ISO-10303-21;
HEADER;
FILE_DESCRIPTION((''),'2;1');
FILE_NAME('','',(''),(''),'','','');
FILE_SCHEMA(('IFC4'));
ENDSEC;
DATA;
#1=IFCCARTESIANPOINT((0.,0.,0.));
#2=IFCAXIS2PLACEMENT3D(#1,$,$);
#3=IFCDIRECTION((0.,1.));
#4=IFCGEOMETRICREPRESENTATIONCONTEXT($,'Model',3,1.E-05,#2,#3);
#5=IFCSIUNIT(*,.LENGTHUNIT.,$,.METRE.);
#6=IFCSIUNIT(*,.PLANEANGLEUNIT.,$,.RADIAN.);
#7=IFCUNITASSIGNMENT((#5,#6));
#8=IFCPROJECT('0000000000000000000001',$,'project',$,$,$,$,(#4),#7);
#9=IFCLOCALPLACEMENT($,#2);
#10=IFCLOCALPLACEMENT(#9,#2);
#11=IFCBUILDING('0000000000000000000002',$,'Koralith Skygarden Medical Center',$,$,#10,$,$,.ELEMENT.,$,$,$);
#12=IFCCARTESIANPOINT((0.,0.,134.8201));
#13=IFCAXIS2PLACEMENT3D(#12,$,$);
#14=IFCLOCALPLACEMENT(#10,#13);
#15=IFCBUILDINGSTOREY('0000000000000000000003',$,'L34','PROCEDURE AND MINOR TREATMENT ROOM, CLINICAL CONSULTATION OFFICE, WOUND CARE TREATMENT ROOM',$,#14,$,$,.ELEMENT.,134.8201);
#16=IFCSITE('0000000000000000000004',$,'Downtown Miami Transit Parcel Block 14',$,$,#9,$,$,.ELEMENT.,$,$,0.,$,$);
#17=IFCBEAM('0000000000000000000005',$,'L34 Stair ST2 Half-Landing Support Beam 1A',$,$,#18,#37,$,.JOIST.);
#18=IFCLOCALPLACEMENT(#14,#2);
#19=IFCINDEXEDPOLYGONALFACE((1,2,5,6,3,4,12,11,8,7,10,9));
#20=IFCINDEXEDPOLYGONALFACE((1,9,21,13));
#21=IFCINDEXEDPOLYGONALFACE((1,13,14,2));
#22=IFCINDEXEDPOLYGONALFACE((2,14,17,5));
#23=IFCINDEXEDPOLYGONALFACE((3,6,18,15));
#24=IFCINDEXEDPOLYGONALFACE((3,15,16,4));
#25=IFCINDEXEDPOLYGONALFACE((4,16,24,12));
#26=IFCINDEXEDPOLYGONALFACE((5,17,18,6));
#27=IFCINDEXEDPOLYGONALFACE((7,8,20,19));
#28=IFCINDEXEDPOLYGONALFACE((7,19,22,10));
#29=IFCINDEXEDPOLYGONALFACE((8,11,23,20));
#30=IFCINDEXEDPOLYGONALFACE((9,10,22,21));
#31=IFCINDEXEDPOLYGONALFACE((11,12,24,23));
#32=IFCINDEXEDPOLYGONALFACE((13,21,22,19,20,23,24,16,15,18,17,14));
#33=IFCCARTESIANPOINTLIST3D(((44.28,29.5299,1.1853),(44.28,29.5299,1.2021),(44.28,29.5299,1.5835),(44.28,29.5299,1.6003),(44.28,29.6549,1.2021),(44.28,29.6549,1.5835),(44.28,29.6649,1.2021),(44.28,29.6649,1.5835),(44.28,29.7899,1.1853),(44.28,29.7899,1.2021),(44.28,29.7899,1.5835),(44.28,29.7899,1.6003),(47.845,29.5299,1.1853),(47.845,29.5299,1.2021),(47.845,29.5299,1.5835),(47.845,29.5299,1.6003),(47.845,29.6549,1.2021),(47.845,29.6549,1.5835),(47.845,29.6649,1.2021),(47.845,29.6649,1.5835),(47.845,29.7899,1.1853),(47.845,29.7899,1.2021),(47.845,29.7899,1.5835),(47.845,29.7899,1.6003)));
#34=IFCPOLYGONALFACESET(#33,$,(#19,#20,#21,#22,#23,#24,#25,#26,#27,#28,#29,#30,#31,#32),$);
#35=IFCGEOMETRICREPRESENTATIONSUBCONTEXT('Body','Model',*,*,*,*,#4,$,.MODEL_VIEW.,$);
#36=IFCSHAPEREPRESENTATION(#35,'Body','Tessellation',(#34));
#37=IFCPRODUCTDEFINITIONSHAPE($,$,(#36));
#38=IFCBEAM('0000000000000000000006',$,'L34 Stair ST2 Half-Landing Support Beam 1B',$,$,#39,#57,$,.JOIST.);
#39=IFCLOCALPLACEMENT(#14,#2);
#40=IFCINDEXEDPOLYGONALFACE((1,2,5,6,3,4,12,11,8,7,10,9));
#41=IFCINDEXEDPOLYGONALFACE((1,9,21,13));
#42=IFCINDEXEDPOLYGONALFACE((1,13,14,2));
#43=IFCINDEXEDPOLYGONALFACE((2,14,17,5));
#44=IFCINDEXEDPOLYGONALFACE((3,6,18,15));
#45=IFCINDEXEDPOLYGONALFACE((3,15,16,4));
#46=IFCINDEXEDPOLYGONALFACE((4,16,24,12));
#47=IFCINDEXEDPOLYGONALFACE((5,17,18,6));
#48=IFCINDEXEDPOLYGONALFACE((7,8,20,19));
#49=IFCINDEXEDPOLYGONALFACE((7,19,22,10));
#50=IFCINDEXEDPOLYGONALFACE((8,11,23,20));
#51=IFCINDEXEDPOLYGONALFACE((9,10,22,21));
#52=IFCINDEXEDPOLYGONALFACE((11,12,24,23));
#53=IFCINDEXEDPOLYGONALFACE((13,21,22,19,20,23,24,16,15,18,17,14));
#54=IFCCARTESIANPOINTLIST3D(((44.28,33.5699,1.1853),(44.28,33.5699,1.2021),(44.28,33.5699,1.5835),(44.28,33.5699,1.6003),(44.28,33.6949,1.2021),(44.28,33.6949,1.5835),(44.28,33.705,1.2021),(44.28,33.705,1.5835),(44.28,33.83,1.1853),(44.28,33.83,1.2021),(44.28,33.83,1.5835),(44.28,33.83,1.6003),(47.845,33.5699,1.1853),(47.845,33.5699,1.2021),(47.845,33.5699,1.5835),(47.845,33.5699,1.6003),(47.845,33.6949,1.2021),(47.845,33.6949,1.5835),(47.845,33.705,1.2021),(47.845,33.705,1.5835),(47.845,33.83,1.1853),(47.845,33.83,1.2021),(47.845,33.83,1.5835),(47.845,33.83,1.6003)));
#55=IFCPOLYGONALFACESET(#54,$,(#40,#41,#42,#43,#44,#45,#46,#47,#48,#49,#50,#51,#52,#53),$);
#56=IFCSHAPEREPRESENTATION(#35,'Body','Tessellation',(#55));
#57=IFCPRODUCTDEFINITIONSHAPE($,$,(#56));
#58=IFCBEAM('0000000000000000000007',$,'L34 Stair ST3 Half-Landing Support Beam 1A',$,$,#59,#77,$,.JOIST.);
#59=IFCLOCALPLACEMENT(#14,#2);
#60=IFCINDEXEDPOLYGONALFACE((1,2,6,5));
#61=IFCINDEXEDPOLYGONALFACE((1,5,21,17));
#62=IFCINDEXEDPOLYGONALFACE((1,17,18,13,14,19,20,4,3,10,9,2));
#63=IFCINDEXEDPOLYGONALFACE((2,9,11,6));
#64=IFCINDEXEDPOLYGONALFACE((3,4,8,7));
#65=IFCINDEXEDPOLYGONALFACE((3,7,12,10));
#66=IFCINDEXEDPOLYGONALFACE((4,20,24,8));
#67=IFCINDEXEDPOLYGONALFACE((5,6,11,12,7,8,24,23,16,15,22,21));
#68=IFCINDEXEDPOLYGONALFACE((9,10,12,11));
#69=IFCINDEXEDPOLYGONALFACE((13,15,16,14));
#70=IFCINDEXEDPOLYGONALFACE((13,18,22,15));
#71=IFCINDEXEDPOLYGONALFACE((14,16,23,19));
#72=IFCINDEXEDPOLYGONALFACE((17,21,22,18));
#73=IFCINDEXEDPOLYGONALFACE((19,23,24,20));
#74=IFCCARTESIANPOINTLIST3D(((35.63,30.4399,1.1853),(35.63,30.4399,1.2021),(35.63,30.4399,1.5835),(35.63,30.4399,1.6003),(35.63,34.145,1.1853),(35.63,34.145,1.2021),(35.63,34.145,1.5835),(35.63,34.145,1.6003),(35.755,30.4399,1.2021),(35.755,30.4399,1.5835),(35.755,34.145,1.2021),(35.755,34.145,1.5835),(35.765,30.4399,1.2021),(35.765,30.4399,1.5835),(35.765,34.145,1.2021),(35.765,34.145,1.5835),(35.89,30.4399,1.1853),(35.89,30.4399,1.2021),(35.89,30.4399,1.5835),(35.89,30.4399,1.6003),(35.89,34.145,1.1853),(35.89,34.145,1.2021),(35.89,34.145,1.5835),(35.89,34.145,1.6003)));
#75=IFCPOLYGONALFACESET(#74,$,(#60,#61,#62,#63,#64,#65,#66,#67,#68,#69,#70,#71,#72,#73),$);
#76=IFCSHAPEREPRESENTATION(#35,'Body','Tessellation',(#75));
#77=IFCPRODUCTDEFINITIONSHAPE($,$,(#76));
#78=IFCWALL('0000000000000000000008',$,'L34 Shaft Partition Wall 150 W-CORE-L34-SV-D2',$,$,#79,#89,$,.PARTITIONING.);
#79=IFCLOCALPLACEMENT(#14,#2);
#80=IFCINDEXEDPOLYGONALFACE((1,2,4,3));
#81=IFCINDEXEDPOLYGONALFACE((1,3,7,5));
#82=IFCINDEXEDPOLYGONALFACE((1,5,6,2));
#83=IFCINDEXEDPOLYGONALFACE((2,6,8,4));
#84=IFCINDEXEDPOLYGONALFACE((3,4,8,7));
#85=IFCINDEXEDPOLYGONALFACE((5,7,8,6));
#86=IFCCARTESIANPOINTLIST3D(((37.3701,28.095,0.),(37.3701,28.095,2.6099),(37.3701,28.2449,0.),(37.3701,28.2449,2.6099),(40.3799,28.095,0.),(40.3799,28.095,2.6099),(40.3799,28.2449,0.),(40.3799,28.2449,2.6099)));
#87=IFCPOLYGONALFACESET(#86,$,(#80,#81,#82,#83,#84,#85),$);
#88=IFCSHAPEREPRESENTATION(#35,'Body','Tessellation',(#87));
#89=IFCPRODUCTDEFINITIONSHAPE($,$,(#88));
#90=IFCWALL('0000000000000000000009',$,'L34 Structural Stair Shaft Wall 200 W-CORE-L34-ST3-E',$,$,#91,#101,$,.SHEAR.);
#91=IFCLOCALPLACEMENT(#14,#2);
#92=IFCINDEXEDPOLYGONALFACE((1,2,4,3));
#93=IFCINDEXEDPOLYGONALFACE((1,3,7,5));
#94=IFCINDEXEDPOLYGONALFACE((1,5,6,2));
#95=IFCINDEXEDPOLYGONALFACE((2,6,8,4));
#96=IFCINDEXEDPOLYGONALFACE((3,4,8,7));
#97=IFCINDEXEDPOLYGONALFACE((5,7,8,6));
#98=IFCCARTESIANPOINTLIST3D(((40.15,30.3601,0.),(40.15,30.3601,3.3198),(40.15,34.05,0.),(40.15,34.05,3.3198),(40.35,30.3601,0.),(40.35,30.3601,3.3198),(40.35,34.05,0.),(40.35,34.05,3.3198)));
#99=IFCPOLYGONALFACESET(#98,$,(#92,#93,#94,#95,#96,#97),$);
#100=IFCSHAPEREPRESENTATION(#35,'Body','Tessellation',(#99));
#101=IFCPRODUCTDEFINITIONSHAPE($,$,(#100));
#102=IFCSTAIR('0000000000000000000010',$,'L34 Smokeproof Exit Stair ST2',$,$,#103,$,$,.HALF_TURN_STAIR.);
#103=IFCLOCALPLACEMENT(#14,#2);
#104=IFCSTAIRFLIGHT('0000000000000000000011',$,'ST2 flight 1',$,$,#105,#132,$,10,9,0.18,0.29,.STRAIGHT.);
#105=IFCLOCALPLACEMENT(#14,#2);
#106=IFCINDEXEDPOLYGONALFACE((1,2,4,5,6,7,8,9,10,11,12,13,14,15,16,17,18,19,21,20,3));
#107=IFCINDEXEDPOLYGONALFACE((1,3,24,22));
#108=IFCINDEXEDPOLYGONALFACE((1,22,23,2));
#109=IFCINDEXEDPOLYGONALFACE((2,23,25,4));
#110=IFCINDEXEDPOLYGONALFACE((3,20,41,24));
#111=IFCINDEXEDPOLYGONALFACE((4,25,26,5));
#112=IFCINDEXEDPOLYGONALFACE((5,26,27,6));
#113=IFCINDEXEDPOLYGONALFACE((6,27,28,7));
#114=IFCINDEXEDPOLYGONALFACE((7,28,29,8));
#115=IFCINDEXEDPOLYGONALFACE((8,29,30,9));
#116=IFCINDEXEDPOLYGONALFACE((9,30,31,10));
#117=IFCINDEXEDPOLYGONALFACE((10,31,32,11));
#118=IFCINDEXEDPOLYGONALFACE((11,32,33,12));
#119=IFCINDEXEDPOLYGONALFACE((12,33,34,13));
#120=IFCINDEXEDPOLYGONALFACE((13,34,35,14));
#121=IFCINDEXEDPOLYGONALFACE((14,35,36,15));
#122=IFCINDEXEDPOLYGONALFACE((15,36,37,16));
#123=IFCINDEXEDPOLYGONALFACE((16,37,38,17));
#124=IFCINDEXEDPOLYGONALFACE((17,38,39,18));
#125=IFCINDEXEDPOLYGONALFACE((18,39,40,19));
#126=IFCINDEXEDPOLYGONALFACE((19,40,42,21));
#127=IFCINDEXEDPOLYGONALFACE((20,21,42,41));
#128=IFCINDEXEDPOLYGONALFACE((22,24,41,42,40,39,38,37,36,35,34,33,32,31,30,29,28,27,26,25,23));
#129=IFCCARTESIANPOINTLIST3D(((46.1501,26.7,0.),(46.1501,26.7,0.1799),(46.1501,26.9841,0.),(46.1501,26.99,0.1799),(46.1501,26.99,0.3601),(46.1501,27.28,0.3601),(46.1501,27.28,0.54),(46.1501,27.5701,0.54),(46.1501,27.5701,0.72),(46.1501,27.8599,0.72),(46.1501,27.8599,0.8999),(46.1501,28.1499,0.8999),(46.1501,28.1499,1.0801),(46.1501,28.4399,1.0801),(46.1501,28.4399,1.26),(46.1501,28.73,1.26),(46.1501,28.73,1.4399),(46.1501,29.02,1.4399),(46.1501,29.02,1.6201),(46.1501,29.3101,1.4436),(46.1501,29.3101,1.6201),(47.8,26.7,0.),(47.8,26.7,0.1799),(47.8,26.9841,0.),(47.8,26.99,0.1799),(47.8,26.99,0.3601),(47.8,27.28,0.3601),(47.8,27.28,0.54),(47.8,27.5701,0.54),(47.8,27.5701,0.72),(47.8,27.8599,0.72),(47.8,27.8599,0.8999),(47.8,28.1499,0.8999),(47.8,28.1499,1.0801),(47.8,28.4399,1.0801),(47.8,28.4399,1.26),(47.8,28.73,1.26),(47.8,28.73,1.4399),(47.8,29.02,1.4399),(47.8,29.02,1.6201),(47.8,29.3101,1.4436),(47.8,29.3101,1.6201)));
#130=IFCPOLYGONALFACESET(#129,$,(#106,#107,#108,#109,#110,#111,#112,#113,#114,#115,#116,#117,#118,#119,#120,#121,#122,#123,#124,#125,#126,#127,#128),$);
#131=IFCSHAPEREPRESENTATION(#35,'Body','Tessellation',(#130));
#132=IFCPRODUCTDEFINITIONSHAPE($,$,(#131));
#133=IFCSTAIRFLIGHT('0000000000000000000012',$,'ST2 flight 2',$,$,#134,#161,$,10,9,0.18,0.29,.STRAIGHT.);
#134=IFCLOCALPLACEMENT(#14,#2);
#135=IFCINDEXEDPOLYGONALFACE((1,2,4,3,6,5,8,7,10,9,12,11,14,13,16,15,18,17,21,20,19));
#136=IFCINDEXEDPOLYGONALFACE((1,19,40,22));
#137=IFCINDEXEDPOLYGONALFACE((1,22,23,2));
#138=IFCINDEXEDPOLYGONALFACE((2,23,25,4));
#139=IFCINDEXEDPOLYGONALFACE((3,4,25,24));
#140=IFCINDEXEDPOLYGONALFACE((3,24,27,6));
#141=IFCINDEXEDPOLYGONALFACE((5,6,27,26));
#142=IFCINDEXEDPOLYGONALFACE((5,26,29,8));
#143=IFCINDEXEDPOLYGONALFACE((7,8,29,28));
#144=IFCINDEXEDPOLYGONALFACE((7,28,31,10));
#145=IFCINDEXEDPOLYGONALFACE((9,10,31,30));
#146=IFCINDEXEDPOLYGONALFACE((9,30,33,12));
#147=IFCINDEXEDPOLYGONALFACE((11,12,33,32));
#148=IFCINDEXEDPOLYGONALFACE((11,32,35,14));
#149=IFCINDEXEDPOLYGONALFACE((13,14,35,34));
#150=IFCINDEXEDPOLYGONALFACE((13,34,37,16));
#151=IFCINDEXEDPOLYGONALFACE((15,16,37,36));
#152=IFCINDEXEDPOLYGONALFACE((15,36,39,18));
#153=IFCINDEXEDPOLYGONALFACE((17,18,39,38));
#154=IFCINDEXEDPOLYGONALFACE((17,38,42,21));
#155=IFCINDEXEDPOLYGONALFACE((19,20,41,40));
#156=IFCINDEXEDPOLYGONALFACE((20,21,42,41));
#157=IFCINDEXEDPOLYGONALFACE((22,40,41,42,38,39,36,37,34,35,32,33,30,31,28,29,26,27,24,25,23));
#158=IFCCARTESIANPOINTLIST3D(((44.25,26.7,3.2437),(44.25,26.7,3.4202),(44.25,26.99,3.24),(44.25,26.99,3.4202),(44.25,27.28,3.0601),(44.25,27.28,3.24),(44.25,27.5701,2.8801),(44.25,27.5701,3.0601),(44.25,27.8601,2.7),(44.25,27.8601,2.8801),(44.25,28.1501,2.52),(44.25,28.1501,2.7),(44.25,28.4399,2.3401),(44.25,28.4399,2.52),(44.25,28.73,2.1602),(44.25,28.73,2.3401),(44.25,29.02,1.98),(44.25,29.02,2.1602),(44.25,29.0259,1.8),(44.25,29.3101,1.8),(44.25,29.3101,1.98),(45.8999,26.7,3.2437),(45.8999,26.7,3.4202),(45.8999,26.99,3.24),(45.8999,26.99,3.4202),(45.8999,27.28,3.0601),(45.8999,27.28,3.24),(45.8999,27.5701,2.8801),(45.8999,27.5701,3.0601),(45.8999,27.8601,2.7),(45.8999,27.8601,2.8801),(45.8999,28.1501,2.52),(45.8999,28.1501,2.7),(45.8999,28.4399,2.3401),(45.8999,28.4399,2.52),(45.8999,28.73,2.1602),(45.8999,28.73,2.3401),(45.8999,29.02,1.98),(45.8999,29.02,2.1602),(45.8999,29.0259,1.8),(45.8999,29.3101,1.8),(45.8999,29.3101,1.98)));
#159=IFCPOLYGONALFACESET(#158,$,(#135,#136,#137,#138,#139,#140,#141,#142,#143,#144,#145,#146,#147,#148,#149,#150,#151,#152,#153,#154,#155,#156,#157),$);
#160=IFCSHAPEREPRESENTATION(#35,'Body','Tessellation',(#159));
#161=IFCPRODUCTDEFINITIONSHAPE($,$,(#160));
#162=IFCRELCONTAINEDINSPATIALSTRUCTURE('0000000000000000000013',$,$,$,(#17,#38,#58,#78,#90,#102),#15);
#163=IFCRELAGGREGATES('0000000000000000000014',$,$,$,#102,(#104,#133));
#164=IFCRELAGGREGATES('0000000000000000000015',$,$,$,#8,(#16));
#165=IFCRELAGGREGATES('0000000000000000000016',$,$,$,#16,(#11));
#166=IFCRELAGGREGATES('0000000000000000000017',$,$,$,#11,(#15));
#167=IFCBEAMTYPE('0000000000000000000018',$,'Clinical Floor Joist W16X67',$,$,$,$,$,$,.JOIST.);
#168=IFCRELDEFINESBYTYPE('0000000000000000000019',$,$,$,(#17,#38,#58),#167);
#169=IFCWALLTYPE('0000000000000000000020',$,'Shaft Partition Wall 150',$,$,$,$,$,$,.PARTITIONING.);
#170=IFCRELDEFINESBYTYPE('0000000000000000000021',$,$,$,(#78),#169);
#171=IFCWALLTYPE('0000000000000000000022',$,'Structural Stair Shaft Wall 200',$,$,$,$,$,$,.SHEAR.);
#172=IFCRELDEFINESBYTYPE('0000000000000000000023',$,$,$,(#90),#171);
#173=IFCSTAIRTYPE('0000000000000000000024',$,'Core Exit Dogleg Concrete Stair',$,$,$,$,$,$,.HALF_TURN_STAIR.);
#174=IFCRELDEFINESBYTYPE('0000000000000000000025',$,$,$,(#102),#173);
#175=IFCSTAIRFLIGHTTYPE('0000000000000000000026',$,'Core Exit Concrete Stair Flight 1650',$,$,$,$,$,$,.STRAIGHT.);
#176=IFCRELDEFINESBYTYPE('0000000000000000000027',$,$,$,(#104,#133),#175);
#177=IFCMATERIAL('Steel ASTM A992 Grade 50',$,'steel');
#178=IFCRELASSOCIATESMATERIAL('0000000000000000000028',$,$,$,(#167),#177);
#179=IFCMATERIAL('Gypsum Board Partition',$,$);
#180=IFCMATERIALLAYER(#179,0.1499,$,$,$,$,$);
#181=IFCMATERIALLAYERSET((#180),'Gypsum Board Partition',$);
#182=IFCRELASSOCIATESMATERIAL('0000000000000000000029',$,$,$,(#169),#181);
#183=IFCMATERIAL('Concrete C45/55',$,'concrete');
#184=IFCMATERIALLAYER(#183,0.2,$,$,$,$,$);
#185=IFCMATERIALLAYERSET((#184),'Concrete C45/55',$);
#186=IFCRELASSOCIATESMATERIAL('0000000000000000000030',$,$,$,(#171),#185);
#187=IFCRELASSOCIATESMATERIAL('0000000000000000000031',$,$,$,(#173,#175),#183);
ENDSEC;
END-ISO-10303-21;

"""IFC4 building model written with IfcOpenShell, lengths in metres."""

from ifc_helpers import new_model, si_unit, direction, frame, frame_2d, origin, origin_2d, place, context, subcontext, project, spatial, polyline, rectangle, i_section, outline, extrude, material, layer, layer_set, material_profile, profile_set, type_object, element, aggregate, save


model = new_model("IFC4")

# Units and contexts
model_context = context("Model", 3, precision=1e-05, world=origin(), true_north=direction((0.0, 1.0)))
body_context = subcontext(model_context, "Body", "Model", "MODEL_VIEW")
ifc_project = project(units=[si_unit("LENGTHUNIT", "METRE"), si_unit("PLANEANGLEUNIT", "RADIAN")], contexts=[model_context])

# Site, building, storey
site_placement = place(None, origin())
site = spatial("IfcSite", under=ifc_project, at=site_placement, Name="Downtown Miami Transit Parcel Block 14", CompositionType="ELEMENT", RefElevation=0.0)
building_placement = place(site_placement, origin())
building = spatial("IfcBuilding", under=site, at=building_placement, Name="Koralith Skygarden Medical Center", CompositionType="ELEMENT")
storey_placement = place(building_placement, frame((0.0, 0.0, 134.8201)))
storey = spatial("IfcBuildingStorey", under=building, at=storey_placement, Name="L34", Description="PROCEDURE AND MINOR TREATMENT ROOM, CLINICAL CONSULTATION OFFICE, WOUND CARE TREATMENT ROOM", CompositionType="ELEMENT", Elevation=134.8201)

# Beams
ifc_material_1 = material(Name="Steel ASTM A992 Grade 50", Category="steel")
ifc_material_profile = material_profile(ifc_material_1, i_section(OverallWidth=0.26, OverallDepth=0.415, WebThickness=0.01, FlangeThickness=0.0168, at=origin_2d()), Name="W16X67")
ifc_profile_set = profile_set([ifc_material_profile], Name="Steel ASTM A992 Grade 50")
beam_type = type_object("IfcBeamType", Name="Clinical Floor Joist W16X67", PredefinedType="JOIST", material=ifc_profile_set)
for number, where, z_axis, x_axis, name in (
    (1, (44.28, 29.6599, 1.3928), (1.0, 0.0, 0.0), (0.0, 1.0, 0.0), "L34 Stair ST2 Half-Landing Support Beam 1A"),
    (2, (44.28, 33.7, 1.3928), (1.0, 0.0, 0.0), (0.0, 1.0, 0.0), "L34 Stair ST2 Half-Landing Support Beam 1B"),
):
    element("IfcBeam", number, at=place(storey_placement, frame(where, z_axis=z_axis, x_axis=x_axis)), inside=storey, type_object=beam_type, Name=name, PredefinedType="JOIST", context=body_context, shape_type="SweptSolid", body=[
        extrude(i_section(OverallWidth=0.26, OverallDepth=0.415, WebThickness=0.01, FlangeThickness=0.0168, at=origin_2d()), origin(), (0.0, 0.0, 1.0), 3.5649),
    ])
beam_placement = place(storey_placement, frame((35.76, 30.4399, 1.3928), z_axis=(0.0, 1.0, 0.0), x_axis=(-1.0, 0.0, 0.0)))
element("IfcBeam", 3, at=beam_placement, inside=storey, type_object=beam_type, Name="L34 Stair ST3 Half-Landing Support Beam 1A", PredefinedType="JOIST", context=body_context, shape_type="SweptSolid", body=[
    extrude(i_section(OverallWidth=0.26, OverallDepth=0.415, WebThickness=0.01, FlangeThickness=0.0168, at=origin_2d()), origin(), (0.0, 0.0, 1.0), 3.7051),
])

# Walls
ifc_material_2 = material(Name="Gypsum Board Partition")
ifc_layer_1 = layer(ifc_material_2, 0.1499)
ifc_layer_set_1 = layer_set([ifc_layer_1], Name="Gypsum Board Partition")
wall_type_1 = type_object("IfcWallType", Name="Shaft Partition Wall 150", PredefinedType="PARTITIONING", material=ifc_layer_set_1)
wall_1_placement = place(storey_placement, frame((37.3701, 28.1699, 0.0), z_axis=(0.0, 0.0, 1.0), x_axis=(1.0, 0.0, 0.0)))
element("IfcWall", 4, at=wall_1_placement, inside=storey, type_object=wall_type_1, Name="L34 Shaft Partition Wall 150 W-CORE-L34-SV-D2", PredefinedType="PARTITIONING", context=body_context, shape_type="SweptSolid", body=[
    extrude(rectangle(XDim=3.0098, YDim=0.1499, at=frame_2d((1.5049, 0.0))), origin(), (0.0, 0.0, 1.0), 2.6099),
])
ifc_material_3 = material(Name="Concrete C45/55", Category="concrete")
ifc_layer_2 = layer(ifc_material_3, 0.2)
ifc_layer_set_2 = layer_set([ifc_layer_2], Name="Concrete C45/55")
wall_type_2 = type_object("IfcWallType", Name="Structural Stair Shaft Wall 200", PredefinedType="SHEAR", material=ifc_layer_set_2)
wall_2_placement = place(storey_placement, frame((40.25, 30.3601, 0.0), z_axis=(0.0, 0.0, 1.0), x_axis=(0.0, 1.0, 0.0)))
element("IfcWall", 5, at=wall_2_placement, inside=storey, type_object=wall_type_2, Name="L34 Structural Stair Shaft Wall 200 W-CORE-L34-ST3-E", PredefinedType="SHEAR", context=body_context, shape_type="SweptSolid", body=[
    extrude(rectangle(XDim=3.6899, YDim=0.2, at=frame_2d((1.845, 0.0))), origin(), (0.0, 0.0, 1.0), 3.3198),
])

# Stair, stair flights
stair_type = type_object("IfcStairType", Name="Core Exit Dogleg Concrete Stair", PredefinedType="HALF_TURN_STAIR", material=ifc_material_3)
stair_1_placement = place(storey_placement, origin())
stair_1 = element("IfcStair", 6, at=stair_1_placement, inside=storey, type_object=stair_type, Name="L34 Smokeproof Exit Stair ST2", PredefinedType="HALF_TURN_STAIR")
stair_flight_type = type_object("IfcStairFlightType", Name="Core Exit Concrete Stair Flight 1650", PredefinedType="STRAIGHT", material=ifc_material_3)
stair_flight_1_placement = place(storey_placement, frame((46.9751, 26.7, 0.0), z_axis=(0.0, 0.0, 1.0), x_axis=(0.0, 1.0, 0.0)))
stair_flight_1 = element("IfcStairFlight", 7, at=stair_flight_1_placement, type_object=stair_flight_type, Name="ST2 flight 1", NumberOfRisers=10, NumberOfTreads=9, PredefinedType="STRAIGHT", RiserHeight=0.18, TreadLength=0.29, context=body_context, shape_type="SweptSolid", body=[
    extrude(outline(polyline([(0.0, 0.0), (0.0, 0.1799), (0.29, 0.1799), (0.29, 0.3601), (0.5801, 0.3601), (0.5801, 0.54), (0.8701, 0.54), (0.8701, 0.72), (1.1599, 0.72), (1.1599, 0.8999), (1.45, 0.8999), (1.45, 1.0801), (1.74, 1.0801), (1.74, 1.26), (2.03, 1.26), (2.03, 1.4399), (2.3201, 1.4399), (2.3201, 1.6201), (2.6101, 1.6201), (2.6101, 1.8), (2.6101, 1.4436), (0.2842, 0.0), (0.0, 0.0)])), frame((0.0, 0.825, 0.0), z_axis=(0.0, -1.0, 0.0), x_axis=(1.0, 0.0, 0.0)), (0.0, 0.0, 1.0), 1.6499),
])
stair_flight_2_placement = place(storey_placement, frame((45.075, 29.3101, 1.8), z_axis=(0.0, 0.0, 1.0), x_axis=(0.0, -1.0, 0.0)))
stair_flight_2 = element("IfcStairFlight", 8, at=stair_flight_2_placement, type_object=stair_flight_type, Name="ST2 flight 2", NumberOfRisers=10, NumberOfTreads=9, PredefinedType="STRAIGHT", RiserHeight=0.18, TreadLength=0.29, context=body_context, shape_type="SweptSolid", body=[
    extrude(outline(polyline([(0.0, 0.0), (0.0, 0.1799), (0.29, 0.1799), (0.29, 0.3601), (0.5801, 0.3601), (0.5801, 0.54), (0.8701, 0.54), (0.8701, 0.72), (1.1599, 0.72), (1.1599, 0.8999), (1.45, 0.8999), (1.45, 1.0801), (1.74, 1.0801), (1.74, 1.26), (2.03, 1.26), (2.03, 1.4399), (2.3201, 1.4399), (2.3201, 1.6201), (2.6101, 1.6201), (2.6101, 1.8), (2.6101, 1.4436), (0.2842, 0.0), (0.0, 0.0)])), frame((0.0, 0.825, 0.0), z_axis=(0.0, -1.0, 0.0), x_axis=(1.0, 0.0, 0.0)), (0.0, 0.0, 1.0), 1.6499),
])
aggregate(stair_1, [stair_flight_1, stair_flight_2])

save(model, "model.ifc")
